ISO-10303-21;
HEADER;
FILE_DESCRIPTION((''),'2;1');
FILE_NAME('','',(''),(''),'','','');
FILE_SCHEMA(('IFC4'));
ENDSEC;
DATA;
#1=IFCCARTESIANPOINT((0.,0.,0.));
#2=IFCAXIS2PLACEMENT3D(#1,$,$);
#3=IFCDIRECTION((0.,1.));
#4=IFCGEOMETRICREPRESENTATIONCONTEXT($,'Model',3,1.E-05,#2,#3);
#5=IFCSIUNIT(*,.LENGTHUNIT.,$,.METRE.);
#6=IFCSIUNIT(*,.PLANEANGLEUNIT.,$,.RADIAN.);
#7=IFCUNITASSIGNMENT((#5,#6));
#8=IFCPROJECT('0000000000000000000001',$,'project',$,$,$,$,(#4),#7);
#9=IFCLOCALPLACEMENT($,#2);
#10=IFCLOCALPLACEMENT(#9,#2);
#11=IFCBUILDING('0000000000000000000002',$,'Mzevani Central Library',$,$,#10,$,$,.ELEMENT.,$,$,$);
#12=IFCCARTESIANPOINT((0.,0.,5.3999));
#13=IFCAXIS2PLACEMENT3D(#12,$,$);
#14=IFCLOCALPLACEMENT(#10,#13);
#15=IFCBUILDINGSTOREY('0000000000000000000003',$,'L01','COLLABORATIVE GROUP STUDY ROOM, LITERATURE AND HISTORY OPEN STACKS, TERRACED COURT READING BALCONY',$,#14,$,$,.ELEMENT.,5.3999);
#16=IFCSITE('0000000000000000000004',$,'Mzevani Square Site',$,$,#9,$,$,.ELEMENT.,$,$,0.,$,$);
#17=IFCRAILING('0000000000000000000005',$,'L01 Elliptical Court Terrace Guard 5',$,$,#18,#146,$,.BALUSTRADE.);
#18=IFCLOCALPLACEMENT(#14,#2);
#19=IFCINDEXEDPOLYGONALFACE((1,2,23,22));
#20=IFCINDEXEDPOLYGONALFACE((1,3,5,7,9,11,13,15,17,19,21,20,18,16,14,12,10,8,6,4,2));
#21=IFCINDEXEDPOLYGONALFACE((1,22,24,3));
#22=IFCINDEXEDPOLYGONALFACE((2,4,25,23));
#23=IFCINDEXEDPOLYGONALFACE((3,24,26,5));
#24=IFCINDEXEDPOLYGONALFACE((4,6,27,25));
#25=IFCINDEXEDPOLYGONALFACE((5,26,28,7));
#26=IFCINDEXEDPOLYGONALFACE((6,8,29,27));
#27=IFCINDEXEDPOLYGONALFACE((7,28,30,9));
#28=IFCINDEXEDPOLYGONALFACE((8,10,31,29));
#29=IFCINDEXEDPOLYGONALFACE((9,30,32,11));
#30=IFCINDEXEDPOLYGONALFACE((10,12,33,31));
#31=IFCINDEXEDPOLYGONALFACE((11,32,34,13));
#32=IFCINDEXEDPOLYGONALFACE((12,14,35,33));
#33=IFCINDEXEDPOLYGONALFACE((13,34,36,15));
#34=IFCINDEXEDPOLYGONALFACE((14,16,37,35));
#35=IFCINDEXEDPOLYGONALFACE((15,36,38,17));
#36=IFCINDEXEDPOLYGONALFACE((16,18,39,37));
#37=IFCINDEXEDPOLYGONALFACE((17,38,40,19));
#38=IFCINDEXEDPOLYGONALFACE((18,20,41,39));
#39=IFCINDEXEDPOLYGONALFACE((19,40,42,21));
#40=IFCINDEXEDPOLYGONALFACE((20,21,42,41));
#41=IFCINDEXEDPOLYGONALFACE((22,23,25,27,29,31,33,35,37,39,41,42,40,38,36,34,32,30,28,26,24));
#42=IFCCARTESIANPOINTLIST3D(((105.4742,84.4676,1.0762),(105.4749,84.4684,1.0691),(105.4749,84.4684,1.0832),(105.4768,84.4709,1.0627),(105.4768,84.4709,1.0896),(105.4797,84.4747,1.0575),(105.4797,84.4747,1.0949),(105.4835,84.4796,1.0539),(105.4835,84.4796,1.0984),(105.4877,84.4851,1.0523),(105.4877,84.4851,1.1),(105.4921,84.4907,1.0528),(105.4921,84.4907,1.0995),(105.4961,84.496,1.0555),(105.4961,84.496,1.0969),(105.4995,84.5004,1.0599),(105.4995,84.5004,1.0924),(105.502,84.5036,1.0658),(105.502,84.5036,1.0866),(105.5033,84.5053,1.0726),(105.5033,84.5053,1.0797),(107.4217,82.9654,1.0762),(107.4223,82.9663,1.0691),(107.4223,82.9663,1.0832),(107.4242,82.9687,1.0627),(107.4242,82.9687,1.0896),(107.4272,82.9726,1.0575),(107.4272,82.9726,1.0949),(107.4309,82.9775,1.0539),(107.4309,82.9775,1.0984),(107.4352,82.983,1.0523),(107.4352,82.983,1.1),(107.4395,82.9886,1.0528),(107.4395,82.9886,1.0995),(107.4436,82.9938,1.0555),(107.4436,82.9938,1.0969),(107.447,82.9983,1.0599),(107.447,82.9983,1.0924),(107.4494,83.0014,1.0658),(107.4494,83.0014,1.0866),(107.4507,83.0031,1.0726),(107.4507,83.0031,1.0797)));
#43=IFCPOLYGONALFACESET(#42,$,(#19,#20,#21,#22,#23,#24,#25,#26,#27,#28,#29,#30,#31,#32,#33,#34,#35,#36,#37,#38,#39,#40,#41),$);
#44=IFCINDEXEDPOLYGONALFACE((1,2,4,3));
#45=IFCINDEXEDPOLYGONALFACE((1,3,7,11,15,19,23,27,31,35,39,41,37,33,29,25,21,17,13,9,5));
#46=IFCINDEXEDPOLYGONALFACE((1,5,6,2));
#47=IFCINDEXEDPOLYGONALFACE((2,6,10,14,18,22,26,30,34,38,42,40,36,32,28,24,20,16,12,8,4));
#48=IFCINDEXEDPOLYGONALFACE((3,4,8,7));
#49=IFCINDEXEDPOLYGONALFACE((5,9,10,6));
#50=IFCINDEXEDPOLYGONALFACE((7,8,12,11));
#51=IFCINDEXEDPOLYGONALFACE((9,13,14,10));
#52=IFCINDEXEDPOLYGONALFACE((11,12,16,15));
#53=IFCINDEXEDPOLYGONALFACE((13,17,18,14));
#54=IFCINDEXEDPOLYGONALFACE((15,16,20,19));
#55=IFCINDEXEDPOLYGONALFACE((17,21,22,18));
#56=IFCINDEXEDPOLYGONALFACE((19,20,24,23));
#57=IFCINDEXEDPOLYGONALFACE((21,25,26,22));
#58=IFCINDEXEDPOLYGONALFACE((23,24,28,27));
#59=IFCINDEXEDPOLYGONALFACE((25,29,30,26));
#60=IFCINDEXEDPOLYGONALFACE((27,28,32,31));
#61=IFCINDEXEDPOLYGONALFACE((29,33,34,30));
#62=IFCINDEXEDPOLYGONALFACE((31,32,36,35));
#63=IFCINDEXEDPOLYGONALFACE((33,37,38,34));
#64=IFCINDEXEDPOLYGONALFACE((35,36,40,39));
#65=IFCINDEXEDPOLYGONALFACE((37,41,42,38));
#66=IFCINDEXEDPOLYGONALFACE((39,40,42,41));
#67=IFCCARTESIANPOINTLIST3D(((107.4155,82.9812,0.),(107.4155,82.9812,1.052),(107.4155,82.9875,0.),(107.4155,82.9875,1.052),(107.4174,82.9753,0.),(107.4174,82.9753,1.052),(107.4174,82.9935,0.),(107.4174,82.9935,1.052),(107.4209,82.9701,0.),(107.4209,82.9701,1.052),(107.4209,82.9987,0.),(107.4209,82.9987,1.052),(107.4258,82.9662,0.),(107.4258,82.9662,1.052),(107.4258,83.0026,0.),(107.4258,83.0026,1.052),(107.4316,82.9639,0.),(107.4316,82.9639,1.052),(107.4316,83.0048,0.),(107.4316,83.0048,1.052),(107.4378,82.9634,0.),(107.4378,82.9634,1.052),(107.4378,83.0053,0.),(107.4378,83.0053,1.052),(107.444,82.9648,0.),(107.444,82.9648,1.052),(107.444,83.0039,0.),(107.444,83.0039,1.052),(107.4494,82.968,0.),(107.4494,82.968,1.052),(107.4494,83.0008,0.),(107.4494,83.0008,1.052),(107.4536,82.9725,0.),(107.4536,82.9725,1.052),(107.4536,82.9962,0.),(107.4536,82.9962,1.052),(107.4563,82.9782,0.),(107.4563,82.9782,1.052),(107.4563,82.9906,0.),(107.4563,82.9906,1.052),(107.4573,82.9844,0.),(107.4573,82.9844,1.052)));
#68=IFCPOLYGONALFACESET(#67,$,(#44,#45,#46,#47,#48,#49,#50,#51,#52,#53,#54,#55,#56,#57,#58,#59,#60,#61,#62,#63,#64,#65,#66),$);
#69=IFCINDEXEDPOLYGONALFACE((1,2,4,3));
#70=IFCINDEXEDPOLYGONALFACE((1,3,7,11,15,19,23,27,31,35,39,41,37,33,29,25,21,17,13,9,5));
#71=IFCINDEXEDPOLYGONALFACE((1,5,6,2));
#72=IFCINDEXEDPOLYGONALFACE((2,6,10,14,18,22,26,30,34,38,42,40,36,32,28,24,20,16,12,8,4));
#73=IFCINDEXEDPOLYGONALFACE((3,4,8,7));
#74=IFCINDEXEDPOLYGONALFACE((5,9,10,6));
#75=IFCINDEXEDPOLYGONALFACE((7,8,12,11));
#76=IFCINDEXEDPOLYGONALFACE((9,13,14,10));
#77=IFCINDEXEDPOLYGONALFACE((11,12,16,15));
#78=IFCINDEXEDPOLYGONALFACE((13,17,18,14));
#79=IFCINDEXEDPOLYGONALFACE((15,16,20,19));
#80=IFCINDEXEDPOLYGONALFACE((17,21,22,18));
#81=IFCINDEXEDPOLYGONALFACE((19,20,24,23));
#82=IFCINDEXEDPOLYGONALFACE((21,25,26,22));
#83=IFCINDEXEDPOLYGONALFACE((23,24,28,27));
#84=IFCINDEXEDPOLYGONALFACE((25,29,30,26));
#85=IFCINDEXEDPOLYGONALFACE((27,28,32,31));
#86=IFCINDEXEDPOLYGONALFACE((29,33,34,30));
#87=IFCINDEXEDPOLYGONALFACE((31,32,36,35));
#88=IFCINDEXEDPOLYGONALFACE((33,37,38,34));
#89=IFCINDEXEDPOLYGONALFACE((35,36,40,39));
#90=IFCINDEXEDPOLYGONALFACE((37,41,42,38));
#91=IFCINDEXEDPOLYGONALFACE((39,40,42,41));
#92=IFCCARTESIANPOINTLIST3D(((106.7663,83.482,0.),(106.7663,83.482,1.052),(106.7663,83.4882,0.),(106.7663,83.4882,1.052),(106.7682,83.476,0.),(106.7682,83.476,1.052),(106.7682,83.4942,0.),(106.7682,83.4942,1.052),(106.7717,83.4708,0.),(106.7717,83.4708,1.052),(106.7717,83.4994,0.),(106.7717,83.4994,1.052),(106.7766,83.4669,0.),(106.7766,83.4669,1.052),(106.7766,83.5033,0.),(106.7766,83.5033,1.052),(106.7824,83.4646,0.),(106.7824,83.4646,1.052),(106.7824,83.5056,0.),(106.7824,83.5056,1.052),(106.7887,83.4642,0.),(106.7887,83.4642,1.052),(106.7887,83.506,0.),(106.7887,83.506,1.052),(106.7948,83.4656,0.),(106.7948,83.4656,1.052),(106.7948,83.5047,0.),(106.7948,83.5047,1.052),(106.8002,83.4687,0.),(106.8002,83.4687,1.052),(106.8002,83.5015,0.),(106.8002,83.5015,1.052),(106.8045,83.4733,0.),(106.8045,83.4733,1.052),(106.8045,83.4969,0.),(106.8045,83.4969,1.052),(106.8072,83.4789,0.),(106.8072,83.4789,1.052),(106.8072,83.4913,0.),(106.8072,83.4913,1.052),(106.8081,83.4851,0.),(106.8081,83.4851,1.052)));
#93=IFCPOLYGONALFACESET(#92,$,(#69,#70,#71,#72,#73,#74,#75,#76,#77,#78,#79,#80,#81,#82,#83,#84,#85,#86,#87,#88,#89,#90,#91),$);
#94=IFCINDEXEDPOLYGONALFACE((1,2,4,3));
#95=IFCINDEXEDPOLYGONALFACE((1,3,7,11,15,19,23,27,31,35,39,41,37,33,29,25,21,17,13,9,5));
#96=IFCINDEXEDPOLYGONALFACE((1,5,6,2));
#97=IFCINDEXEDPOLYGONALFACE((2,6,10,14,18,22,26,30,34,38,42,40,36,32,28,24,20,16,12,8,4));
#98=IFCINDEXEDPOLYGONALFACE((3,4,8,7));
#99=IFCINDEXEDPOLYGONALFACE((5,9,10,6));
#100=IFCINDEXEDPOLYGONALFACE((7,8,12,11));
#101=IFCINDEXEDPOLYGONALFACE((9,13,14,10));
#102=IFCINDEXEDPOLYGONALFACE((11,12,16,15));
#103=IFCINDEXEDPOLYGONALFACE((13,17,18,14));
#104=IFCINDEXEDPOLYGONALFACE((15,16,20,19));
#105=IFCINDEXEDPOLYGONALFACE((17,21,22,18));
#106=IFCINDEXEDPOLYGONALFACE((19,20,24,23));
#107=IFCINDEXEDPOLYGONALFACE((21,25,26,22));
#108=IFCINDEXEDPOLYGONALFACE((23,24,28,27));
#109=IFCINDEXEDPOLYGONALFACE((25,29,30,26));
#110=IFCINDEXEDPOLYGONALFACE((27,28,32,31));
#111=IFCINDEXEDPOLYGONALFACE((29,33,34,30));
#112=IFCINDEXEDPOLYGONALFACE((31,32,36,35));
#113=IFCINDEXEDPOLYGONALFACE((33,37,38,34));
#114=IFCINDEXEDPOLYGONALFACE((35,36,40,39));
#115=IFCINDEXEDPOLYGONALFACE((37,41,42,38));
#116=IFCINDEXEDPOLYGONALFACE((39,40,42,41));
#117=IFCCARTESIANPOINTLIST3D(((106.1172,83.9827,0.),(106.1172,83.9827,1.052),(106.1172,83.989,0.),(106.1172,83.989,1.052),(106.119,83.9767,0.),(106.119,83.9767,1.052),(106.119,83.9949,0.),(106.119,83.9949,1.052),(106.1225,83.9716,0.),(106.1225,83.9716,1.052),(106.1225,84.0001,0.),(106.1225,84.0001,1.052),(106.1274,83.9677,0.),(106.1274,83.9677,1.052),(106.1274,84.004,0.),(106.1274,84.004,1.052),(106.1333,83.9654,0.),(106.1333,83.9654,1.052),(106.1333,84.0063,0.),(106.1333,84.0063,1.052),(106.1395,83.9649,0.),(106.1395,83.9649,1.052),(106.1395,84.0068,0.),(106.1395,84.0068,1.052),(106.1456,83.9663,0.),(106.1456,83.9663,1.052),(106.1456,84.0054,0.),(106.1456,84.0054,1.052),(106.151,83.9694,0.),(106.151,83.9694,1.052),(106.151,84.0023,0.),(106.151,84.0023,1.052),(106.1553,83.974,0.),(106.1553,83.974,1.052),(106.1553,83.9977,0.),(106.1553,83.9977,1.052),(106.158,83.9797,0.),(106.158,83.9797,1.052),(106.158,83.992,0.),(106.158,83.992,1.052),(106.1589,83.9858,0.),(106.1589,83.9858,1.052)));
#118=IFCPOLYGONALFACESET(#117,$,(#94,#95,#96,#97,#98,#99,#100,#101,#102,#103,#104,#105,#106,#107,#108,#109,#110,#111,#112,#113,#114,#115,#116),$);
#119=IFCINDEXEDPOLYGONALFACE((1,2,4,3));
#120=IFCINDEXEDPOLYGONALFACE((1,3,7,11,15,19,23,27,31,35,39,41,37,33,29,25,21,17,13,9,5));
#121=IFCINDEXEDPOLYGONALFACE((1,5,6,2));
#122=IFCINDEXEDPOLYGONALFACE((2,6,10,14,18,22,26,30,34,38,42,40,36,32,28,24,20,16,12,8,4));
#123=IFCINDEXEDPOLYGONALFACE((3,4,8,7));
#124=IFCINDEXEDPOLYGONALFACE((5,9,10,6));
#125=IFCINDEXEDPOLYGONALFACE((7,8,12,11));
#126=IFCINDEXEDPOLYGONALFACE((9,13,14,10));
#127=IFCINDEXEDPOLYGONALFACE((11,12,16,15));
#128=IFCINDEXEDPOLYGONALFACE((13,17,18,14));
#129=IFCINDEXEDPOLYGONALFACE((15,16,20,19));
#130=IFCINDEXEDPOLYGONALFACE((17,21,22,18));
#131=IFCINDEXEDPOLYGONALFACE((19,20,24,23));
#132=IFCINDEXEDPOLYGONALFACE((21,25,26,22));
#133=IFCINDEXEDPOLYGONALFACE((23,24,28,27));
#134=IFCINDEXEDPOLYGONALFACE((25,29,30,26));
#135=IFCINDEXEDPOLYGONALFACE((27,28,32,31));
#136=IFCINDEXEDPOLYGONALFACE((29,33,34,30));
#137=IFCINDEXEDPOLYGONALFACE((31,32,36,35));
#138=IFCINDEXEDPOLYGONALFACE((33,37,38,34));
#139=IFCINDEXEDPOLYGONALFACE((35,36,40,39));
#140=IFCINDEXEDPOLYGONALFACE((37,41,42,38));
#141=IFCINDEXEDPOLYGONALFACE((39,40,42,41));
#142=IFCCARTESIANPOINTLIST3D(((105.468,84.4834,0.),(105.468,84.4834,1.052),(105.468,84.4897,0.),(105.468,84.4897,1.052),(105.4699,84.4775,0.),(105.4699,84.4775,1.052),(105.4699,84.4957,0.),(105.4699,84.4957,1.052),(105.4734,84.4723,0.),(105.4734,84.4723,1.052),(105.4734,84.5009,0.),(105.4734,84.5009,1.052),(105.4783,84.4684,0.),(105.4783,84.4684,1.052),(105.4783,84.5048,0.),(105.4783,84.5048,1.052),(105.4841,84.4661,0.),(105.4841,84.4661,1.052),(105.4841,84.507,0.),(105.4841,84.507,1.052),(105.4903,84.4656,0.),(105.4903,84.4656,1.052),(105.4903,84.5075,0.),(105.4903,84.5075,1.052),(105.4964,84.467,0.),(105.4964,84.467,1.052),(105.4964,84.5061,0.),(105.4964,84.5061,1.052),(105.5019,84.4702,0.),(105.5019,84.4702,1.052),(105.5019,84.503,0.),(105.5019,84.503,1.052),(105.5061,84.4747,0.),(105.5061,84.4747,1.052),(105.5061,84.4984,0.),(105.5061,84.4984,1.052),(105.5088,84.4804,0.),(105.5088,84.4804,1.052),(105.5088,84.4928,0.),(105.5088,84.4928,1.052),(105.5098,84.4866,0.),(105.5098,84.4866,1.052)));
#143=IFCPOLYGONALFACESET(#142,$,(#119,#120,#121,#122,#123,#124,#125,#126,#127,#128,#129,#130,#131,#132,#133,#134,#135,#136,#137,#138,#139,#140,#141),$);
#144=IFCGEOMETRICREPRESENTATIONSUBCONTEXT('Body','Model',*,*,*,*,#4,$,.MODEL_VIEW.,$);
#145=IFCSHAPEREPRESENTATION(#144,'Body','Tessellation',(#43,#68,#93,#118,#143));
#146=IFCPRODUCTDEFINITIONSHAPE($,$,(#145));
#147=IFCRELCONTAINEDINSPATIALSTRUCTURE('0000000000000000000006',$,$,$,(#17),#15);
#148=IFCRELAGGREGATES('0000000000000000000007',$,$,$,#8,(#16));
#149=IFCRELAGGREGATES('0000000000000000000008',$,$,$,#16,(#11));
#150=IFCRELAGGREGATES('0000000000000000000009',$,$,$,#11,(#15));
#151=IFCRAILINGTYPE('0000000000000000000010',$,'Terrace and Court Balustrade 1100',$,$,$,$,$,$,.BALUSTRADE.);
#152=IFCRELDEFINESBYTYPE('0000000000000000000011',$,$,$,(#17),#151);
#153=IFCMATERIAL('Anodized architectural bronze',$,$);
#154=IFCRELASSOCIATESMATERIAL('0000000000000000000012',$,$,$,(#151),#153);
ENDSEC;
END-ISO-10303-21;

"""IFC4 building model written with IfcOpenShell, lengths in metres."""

from ifc_helpers import new_model, si_unit, direction, frame, origin, origin_2d, place, context, subcontext, project, spatial, circle, extrude, material, type_object, element, save


model = new_model("IFC4")

# Units and contexts
model_context = context("Model", 3, precision=1e-05, world=origin(), true_north=direction((0.0, 1.0)))
body_context = subcontext(model_context, "Body", "Model", "MODEL_VIEW")
ifc_project = project(units=[si_unit("LENGTHUNIT", "METRE"), si_unit("PLANEANGLEUNIT", "RADIAN")], contexts=[model_context])

# Site, building, storey
site_placement = place(None, origin())
site = spatial("IfcSite", under=ifc_project, at=site_placement, Name="Mzevani Square Site", CompositionType="ELEMENT", RefElevation=0.0)
building_placement = place(site_placement, origin())
building = spatial("IfcBuilding", under=site, at=building_placement, Name="Mzevani Central Library", CompositionType="ELEMENT")
storey_placement = place(building_placement, frame((0.0, 0.0, 5.3999)))
storey = spatial("IfcBuildingStorey", under=building, at=storey_placement, Name="L01", Description="COLLABORATIVE GROUP STUDY ROOM, LITERATURE AND HISTORY OPEN STACKS, TERRACED COURT READING BALCONY", CompositionType="ELEMENT", Elevation=5.3999)

# Railing
ifc_material_1 = material(Name="Anodized architectural bronze")
railing_type = type_object("IfcRailingType", Name="Terrace and Court Balustrade 1100", PredefinedType="BALUSTRADE", material=ifc_material_1)
railing_1_placement = place(storey_placement, frame((107.4363, 82.9844, 0.0)))
element("IfcRailing", 1, at=railing_1_placement, inside=storey, type_object=railing_type, Name="L01 Elliptical Court Terrace Guard 5", PredefinedType="BALUSTRADE", context=body_context, shape_type="SweptSolid", body=[
    extrude(circle(Radius=0.0239, at=origin_2d()), frame((0.0, 0.0, 1.0762), z_axis=(-0.791815, 0.610761, 0.0), x_axis=(-0.610761, -0.791815, 0.0)), (0.0, 0.0, 1.0), 2.4595),
    extrude(circle(Radius=0.021, at=origin_2d()), origin(), (0.0, 0.0, 1.0), 1.052),
    extrude(circle(Radius=0.021, at=origin_2d()), frame((-0.6492, 0.5007, 0.0)), (0.0, 0.0, 1.0), 1.052),
    extrude(circle(Radius=0.021, at=origin_2d()), frame((-1.2983, 1.0015, 0.0)), (0.0, 0.0, 1.0), 1.052),
    extrude(circle(Radius=0.021, at=origin_2d()), frame((-1.9475, 1.5022, 0.0)), (0.0, 0.0, 1.0), 1.052),
])

save(model, "model.ifc")
